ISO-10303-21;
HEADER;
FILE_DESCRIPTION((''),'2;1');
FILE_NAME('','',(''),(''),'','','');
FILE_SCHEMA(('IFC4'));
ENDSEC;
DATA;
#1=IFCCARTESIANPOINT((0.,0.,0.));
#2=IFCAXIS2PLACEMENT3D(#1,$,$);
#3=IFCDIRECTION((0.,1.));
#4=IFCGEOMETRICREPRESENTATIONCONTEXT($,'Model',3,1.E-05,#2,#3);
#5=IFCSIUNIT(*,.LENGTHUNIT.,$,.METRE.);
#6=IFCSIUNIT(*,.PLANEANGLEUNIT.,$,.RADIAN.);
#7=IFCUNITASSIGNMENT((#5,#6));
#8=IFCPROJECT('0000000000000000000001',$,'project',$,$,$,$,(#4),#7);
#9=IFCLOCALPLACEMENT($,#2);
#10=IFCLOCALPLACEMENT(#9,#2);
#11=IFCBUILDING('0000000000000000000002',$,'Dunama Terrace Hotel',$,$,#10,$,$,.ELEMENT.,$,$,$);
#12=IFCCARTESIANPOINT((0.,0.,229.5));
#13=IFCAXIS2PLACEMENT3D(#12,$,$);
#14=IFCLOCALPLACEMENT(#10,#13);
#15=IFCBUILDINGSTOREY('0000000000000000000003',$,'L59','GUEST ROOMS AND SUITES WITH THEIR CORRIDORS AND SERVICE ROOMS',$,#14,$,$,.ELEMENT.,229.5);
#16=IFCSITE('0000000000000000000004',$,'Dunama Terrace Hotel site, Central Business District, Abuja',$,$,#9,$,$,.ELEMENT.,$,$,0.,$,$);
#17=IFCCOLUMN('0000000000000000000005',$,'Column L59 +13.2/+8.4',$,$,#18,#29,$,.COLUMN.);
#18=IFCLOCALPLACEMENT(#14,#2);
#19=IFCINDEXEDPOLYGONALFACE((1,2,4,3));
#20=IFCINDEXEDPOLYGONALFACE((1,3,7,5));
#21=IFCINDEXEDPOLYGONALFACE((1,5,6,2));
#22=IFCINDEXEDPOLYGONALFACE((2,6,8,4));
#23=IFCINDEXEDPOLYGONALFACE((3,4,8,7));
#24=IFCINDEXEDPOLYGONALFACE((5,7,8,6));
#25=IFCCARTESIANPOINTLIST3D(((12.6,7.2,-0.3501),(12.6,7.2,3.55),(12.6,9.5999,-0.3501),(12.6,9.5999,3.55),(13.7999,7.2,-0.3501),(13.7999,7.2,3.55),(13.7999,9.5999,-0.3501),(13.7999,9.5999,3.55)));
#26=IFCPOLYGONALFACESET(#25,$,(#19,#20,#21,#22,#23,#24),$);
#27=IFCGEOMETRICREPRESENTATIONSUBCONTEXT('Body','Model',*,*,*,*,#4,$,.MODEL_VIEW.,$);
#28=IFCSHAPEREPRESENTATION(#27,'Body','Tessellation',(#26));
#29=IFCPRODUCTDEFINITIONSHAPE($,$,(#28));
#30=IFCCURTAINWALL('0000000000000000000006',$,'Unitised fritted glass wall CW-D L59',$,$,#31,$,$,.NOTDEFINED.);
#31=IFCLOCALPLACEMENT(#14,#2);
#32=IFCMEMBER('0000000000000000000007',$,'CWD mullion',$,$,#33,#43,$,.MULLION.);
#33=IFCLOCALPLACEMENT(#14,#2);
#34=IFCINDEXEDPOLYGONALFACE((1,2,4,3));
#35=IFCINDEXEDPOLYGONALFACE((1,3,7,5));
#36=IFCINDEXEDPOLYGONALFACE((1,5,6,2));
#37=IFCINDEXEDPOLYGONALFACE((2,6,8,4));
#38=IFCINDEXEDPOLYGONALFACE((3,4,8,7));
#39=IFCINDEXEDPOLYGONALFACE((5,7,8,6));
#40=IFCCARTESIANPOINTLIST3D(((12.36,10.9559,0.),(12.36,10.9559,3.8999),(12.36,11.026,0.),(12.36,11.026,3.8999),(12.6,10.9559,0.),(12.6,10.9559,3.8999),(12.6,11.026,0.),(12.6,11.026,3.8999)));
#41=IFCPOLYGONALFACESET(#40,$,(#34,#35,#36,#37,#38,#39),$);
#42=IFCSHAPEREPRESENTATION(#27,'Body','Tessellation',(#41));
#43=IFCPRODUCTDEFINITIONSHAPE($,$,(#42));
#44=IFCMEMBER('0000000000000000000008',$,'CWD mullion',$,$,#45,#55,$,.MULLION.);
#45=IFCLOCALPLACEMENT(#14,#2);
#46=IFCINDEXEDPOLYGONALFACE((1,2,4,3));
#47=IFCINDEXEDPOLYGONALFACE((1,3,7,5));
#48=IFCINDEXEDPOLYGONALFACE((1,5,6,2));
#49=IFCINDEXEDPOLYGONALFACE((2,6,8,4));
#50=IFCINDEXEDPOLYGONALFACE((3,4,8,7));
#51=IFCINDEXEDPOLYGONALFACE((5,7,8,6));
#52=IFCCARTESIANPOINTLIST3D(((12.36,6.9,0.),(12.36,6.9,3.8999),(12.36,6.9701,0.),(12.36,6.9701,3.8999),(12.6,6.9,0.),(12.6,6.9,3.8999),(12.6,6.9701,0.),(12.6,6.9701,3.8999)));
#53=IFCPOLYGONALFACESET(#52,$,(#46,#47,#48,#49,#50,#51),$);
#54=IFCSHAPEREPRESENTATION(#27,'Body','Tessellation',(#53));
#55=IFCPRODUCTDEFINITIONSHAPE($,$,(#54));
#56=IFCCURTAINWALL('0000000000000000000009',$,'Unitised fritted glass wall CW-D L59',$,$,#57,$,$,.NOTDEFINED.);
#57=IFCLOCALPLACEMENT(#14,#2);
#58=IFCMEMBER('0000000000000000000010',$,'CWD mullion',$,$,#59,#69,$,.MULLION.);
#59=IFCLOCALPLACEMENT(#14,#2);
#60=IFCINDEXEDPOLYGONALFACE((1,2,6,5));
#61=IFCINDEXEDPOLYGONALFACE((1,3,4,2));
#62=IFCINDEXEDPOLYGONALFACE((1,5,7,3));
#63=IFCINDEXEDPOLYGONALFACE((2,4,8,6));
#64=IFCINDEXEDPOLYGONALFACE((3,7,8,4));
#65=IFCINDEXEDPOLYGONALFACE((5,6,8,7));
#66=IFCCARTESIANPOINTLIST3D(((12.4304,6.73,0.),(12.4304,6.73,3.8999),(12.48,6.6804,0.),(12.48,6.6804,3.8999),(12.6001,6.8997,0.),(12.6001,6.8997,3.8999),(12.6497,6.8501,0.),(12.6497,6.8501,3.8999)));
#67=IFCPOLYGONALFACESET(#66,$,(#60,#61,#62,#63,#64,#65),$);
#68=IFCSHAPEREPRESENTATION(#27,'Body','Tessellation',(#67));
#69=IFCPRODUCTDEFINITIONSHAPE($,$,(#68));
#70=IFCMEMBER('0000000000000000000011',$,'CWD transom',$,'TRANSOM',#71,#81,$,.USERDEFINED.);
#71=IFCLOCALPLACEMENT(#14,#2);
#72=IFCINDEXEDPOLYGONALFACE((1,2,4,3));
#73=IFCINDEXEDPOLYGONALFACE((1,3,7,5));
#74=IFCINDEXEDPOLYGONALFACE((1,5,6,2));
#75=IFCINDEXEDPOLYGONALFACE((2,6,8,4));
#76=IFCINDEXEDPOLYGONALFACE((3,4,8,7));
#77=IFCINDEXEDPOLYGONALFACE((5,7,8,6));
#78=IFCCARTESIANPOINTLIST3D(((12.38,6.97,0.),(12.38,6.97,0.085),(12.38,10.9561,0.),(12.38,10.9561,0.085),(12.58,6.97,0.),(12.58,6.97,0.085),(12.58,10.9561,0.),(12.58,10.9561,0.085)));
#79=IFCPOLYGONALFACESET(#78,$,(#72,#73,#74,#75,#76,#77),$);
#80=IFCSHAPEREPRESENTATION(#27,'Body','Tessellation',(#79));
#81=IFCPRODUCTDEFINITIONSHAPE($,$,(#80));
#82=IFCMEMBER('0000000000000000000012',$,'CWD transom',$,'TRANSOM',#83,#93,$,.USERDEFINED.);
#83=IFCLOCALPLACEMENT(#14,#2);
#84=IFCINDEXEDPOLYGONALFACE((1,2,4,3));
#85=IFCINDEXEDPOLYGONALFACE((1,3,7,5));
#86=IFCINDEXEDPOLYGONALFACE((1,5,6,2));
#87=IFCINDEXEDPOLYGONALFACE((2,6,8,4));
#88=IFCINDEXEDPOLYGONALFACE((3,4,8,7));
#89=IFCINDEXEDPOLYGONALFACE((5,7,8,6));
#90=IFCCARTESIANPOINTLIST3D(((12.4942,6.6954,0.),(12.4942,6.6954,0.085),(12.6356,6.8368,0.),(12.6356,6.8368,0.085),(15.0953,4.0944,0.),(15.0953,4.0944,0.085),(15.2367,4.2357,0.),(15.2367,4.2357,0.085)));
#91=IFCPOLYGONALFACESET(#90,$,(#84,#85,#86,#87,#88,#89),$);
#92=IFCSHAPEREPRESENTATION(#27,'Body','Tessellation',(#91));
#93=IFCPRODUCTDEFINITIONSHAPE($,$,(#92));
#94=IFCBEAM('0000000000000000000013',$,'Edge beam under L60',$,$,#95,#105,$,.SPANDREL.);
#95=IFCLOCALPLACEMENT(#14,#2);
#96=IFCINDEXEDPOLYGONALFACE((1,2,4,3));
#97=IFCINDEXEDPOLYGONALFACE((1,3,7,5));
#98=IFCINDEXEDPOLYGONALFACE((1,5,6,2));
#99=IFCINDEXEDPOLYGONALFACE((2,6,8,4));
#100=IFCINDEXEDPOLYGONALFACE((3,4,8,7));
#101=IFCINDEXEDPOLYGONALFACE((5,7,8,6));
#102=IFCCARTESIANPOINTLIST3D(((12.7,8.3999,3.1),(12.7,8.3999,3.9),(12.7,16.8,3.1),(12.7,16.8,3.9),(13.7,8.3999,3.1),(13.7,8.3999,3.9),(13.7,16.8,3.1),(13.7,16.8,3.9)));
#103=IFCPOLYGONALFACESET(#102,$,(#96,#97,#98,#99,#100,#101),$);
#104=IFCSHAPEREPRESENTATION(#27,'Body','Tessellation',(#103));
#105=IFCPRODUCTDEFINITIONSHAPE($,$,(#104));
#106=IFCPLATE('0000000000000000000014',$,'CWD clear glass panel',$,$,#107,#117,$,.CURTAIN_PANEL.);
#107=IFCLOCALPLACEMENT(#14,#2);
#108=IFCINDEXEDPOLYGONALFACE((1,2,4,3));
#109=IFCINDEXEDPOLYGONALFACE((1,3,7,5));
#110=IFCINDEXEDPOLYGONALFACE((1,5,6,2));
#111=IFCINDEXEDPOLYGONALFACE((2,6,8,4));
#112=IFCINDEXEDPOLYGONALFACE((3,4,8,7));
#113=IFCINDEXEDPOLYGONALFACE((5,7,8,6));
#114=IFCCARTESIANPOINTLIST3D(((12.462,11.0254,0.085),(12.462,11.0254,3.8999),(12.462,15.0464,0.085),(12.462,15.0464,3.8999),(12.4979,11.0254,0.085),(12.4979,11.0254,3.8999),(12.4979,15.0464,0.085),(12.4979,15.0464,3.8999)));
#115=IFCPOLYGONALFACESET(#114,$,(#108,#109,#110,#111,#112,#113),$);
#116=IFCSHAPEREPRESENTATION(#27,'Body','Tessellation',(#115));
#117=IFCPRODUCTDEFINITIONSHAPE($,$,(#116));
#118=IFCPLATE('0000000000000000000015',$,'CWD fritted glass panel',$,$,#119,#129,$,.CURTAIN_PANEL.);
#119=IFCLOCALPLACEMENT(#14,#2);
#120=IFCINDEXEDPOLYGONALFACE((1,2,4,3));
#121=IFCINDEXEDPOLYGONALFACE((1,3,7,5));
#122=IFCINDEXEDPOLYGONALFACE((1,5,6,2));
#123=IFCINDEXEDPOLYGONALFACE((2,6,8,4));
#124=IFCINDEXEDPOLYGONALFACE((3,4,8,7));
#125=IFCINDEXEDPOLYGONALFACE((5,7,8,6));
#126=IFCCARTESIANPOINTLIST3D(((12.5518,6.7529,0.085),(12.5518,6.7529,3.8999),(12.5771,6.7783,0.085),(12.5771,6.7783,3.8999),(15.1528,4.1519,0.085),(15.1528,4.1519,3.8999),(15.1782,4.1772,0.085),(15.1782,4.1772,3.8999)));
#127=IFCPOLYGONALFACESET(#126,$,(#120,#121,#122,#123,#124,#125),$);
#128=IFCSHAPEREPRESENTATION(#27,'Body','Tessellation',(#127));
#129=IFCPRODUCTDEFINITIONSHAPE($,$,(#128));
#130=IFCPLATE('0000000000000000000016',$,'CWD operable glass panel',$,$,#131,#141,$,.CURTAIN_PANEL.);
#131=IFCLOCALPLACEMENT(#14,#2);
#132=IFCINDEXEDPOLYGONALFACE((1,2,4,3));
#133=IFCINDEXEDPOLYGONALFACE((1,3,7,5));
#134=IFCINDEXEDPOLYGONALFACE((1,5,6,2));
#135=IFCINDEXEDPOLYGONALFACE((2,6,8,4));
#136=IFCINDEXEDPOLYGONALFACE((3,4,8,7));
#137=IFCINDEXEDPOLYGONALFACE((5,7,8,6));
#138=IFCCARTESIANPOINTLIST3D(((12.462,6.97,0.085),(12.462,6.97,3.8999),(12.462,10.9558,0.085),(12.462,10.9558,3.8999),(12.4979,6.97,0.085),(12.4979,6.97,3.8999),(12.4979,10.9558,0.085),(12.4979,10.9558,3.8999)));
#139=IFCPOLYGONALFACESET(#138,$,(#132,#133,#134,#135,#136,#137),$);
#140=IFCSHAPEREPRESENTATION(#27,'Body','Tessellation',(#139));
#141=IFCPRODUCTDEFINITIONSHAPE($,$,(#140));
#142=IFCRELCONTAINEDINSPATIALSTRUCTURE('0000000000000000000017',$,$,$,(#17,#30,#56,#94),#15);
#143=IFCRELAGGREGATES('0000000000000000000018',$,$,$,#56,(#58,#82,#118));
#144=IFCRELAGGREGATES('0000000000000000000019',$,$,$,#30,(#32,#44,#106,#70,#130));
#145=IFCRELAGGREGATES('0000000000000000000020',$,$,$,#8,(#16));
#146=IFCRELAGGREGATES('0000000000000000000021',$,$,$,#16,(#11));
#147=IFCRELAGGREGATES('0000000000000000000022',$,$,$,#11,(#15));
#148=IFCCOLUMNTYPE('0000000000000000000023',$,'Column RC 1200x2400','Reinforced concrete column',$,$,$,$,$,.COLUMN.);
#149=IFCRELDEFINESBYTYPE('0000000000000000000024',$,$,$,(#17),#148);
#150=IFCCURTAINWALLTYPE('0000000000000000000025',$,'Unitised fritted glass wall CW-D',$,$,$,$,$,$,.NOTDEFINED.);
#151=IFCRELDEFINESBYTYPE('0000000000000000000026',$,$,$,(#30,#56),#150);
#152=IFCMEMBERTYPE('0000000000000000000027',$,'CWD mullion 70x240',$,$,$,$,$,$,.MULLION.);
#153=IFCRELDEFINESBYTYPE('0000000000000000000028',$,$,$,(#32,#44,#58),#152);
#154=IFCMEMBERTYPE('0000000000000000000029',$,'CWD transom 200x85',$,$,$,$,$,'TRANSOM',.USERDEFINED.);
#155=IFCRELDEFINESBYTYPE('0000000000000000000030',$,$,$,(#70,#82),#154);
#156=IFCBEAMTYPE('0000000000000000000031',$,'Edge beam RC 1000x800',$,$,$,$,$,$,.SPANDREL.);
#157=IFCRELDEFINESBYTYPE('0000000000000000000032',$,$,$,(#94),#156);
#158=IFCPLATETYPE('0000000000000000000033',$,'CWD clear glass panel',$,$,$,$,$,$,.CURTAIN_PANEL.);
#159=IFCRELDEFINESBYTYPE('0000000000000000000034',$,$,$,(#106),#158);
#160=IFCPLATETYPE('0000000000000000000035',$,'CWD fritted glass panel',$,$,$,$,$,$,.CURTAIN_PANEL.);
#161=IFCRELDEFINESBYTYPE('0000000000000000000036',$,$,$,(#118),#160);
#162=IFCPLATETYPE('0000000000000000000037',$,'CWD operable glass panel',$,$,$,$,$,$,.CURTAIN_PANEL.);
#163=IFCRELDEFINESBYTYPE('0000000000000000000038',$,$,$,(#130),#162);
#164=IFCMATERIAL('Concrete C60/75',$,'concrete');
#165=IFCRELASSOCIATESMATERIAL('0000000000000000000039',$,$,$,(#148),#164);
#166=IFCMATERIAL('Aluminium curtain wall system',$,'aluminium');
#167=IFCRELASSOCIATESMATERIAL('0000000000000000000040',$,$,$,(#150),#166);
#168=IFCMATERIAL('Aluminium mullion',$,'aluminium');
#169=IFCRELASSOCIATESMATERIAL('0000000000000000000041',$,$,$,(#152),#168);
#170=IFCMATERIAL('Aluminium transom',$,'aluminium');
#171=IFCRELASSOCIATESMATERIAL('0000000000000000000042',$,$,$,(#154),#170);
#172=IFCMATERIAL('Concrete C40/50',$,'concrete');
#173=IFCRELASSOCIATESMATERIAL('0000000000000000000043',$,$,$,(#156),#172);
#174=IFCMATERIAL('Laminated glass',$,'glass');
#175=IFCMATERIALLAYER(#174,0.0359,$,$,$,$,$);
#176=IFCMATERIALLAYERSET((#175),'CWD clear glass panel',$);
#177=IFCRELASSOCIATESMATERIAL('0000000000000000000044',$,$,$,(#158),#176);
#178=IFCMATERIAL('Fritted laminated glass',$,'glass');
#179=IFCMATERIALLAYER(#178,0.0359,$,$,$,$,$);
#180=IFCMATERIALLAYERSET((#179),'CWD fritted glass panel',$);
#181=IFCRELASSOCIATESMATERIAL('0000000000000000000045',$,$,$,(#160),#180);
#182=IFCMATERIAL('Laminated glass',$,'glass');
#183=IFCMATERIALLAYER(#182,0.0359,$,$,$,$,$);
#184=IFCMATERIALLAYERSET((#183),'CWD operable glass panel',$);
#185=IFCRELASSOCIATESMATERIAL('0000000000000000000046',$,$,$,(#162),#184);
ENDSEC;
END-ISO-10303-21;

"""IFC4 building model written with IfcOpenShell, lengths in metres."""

from ifc_helpers import new_model, si_unit, direction, frame, origin, origin_2d, place, context, subcontext, project, spatial, rectangle, extrude, material, layer, layer_set, material_profile, profile_set, type_object, element, aggregate, save


model = new_model("IFC4")

# Units and contexts
model_context = context("Model", 3, precision=1e-05, world=origin(), true_north=direction((0.0, 1.0)))
body_context = subcontext(model_context, "Body", "Model", "MODEL_VIEW")
ifc_project = project(units=[si_unit("LENGTHUNIT", "METRE"), si_unit("PLANEANGLEUNIT", "RADIAN")], contexts=[model_context])

# Site, building, storey
site_placement = place(None, origin())
site = spatial("IfcSite", under=ifc_project, at=site_placement, Name="Dunama Terrace Hotel site, Central Business District, Abuja", CompositionType="ELEMENT", RefElevation=0.0)
building_placement = place(site_placement, origin())
building = spatial("IfcBuilding", under=site, at=building_placement, Name="Dunama Terrace Hotel", CompositionType="ELEMENT")
storey_placement = place(building_placement, frame((0.0, 0.0, 229.5)))
storey = spatial("IfcBuildingStorey", under=building, at=storey_placement, Name="L59", Description="GUEST ROOMS AND SUITES WITH THEIR CORRIDORS AND SERVICE ROOMS", CompositionType="ELEMENT", Elevation=229.5)

# Column
ifc_material_1 = material(Name="Concrete C60/75", Category="concrete")
ifc_material_profile_1 = material_profile(ifc_material_1, rectangle(XDim=1.2, YDim=2.3999, at=origin_2d()), Name="RC 1200x2400")
ifc_profile_set_1 = profile_set([ifc_material_profile_1], Name="Concrete C60/75")
column_type = type_object("IfcColumnType", Name="Column RC 1200x2400", Description="Reinforced concrete column", PredefinedType="COLUMN", material=ifc_profile_set_1)
column_placement = place(storey_placement, frame((13.2, 8.3999, -0.3501), z_axis=(0.0, 0.0, 1.0), x_axis=(1.0, 0.0, 0.0)))
element("IfcColumn", 1, at=column_placement, inside=storey, type_object=column_type, Name="Column L59 +13.2/+8.4", PredefinedType="COLUMN", context=body_context, shape_type="SweptSolid", body=[
    extrude(rectangle(XDim=1.2, YDim=2.3999, at=origin_2d()), origin(), (0.0, 0.0, 1.0), 3.9001),
])

# Curtain wall, members
ifc_material_2 = material(Name="Aluminium curtain wall system", Category="aluminium")
curtain_wall_type = type_object("IfcCurtainWallType", Name="Unitised fritted glass wall CW-D", PredefinedType="NOTDEFINED", material=ifc_material_2)
curtain_wall_1_placement = place(storey_placement, origin())
curtain_wall_1 = element("IfcCurtainWall", 2, at=curtain_wall_1_placement, inside=storey, type_object=curtain_wall_type, Name="Unitised fritted glass wall CW-D L59", PredefinedType="NOTDEFINED")
ifc_material_3 = material(Name="Aluminium mullion", Category="aluminium")
ifc_material_profile_2 = material_profile(ifc_material_3, rectangle(XDim=0.0701, YDim=0.24, at=origin_2d()), Name="CWD MULLION 70X240")
ifc_profile_set_2 = profile_set([ifc_material_profile_2], Name="Aluminium mullion")
member_type_1 = type_object("IfcMemberType", Name="CWD mullion 70x240", PredefinedType="MULLION", material=ifc_profile_set_2)
member_1_placement = place(storey_placement, frame((12.48, 10.991, 0.0), z_axis=(0.0, 0.0, 1.0), x_axis=(0.0, -1.0, 0.0)))
member_1 = element("IfcMember", 3, at=member_1_placement, type_object=member_type_1, Name="CWD mullion", PredefinedType="MULLION", context=body_context, shape_type="SweptSolid", body=[
    extrude(rectangle(XDim=0.0701, YDim=0.24, at=origin_2d()), origin(), (0.0, 0.0, 1.0), 3.8999),
])
member_2_placement = place(storey_placement, frame((12.48, 6.9351, 0.0), z_axis=(0.0, 0.0, 1.0), x_axis=(0.0, -1.0, 0.0)))
member_2 = element("IfcMember", 4, at=member_2_placement, type_object=member_type_1, Name="CWD mullion", PredefinedType="MULLION", context=body_context, shape_type="SweptSolid", body=[
    extrude(rectangle(XDim=0.0701, YDim=0.24, at=origin_2d()), origin(), (0.0, 0.0, 1.0), 3.8999),
])

# Curtain wall, member
curtain_wall_2_placement = place(storey_placement, origin())
curtain_wall_2 = element("IfcCurtainWall", 5, at=curtain_wall_2_placement, inside=storey, type_object=curtain_wall_type, Name="Unitised fritted glass wall CW-D L59", PredefinedType="NOTDEFINED")
member_3_placement = place(storey_placement, frame((12.54, 6.79, 0.0), z_axis=(0.0, 0.0, 1.0), x_axis=(0.707107, -0.707107, 0.0)))
member_3 = element("IfcMember", 6, at=member_3_placement, type_object=member_type_1, Name="CWD mullion", PredefinedType="MULLION", context=body_context, shape_type="SweptSolid", body=[
    extrude(rectangle(XDim=0.0701, YDim=0.24, at=origin_2d()), origin(), (0.0, 0.0, 1.0), 3.8999),
])

# Members
ifc_material_4 = material(Name="Aluminium transom", Category="aluminium")
ifc_material_profile_3 = material_profile(ifc_material_4, rectangle(XDim=0.2, YDim=0.085, at=origin_2d()), Name="CWD TRANSOM 200X85")
ifc_profile_set_3 = profile_set([ifc_material_profile_3], Name="Aluminium transom")
member_type_2 = type_object("IfcMemberType", Name="CWD transom 200x85", ElementType="TRANSOM", PredefinedType="USERDEFINED", material=ifc_profile_set_3)
member_4_placement = place(storey_placement, frame((12.48, 10.9561, 0.0425), z_axis=(0.0, -1.0, 0.0), x_axis=(1.0, 0.0, 0.0)))
member_4 = element("IfcMember", 7, at=member_4_placement, type_object=member_type_2, Name="CWD transom", ObjectType="TRANSOM", PredefinedType="USERDEFINED", context=body_context, shape_type="SweptSolid", body=[
    extrude(rectangle(XDim=0.2, YDim=0.085, at=origin_2d()), origin(), (0.0, 0.0, 1.0), 3.9861),
])
member_5_placement = place(storey_placement, frame((12.5649, 6.7661, 0.0425), z_axis=(0.707107, -0.707107, 0.0), x_axis=(0.707107, 0.707107, 0.0)))
member_5 = element("IfcMember", 8, at=member_5_placement, type_object=member_type_2, Name="CWD transom", ObjectType="TRANSOM", PredefinedType="USERDEFINED", context=body_context, shape_type="SweptSolid", body=[
    extrude(rectangle(XDim=0.2, YDim=0.085, at=origin_2d()), origin(), (0.0, 0.0, 1.0), 3.6785),
])

# Beam
ifc_material_5 = material(Name="Concrete C40/50", Category="concrete")
ifc_material_profile_4 = material_profile(ifc_material_5, rectangle(XDim=1.0, YDim=0.8, at=origin_2d()), Name="RC 1000x800")
ifc_profile_set_4 = profile_set([ifc_material_profile_4], Name="Concrete C40/50")
beam_type = type_object("IfcBeamType", Name="Edge beam RC 1000x800", PredefinedType="SPANDREL", material=ifc_profile_set_4)
beam_placement = place(storey_placement, frame((13.2, 8.3999, 3.5), z_axis=(0.0, 1.0, 0.0), x_axis=(-1.0, 0.0, 0.0)))
element("IfcBeam", 9, at=beam_placement, inside=storey, type_object=beam_type, Name="Edge beam under L60", PredefinedType="SPANDREL", context=body_context, shape_type="SweptSolid", body=[
    extrude(rectangle(XDim=1.0, YDim=0.8, at=origin_2d()), origin(), (0.0, 0.0, 1.0), 8.4001),
])

# Plates
ifc_material_6 = material(Name="Laminated glass", Category="glass")
ifc_layer_1 = layer(ifc_material_6, 0.0359)
ifc_layer_set_1 = layer_set([ifc_layer_1], Name="CWD clear glass panel")
plate_type_1 = type_object("IfcPlateType", Name="CWD clear glass panel", PredefinedType="CURTAIN_PANEL", material=ifc_layer_set_1)
plate_1_placement = place(storey_placement, frame((12.48, 13.0359, 0.085), z_axis=(0.0, 0.0, 1.0), x_axis=(0.0, -1.0, 0.0)))
plate_1 = element("IfcPlate", 10, at=plate_1_placement, type_object=plate_type_1, Name="CWD clear glass panel", PredefinedType="CURTAIN_PANEL", context=body_context, shape_type="SweptSolid", body=[
    extrude(rectangle(XDim=4.021, YDim=0.0359, at=origin_2d()), origin(), (0.0, 0.0, 1.0), 3.8149),
])
ifc_material_7 = material(Name="Fritted laminated glass", Category="glass")
ifc_layer_2 = layer(ifc_material_7, 0.0359)
ifc_layer_set_2 = layer_set([ifc_layer_2], Name="CWD fritted glass panel")
plate_type_2 = type_object("IfcPlateType", Name="CWD fritted glass panel", PredefinedType="CURTAIN_PANEL", material=ifc_layer_set_2)
plate_2_placement = place(storey_placement, frame((13.865, 5.4651, 0.085), z_axis=(0.0, 0.0, 1.0), x_axis=(0.707107, -0.707107, 0.0)))
plate_2 = element("IfcPlate", 11, at=plate_2_placement, type_object=plate_type_2, Name="CWD fritted glass panel", PredefinedType="CURTAIN_PANEL", context=body_context, shape_type="SweptSolid", body=[
    extrude(rectangle(XDim=3.6785, YDim=0.0359, at=origin_2d()), origin(), (0.0, 0.0, 1.0), 3.8149),
])
aggregate(curtain_wall_2, [member_3, member_5, plate_2])
ifc_material_8 = material(Name="Laminated glass", Category="glass")
ifc_layer_3 = layer(ifc_material_8, 0.0359)
ifc_layer_set_3 = layer_set([ifc_layer_3], Name="CWD operable glass panel")
plate_type_3 = type_object("IfcPlateType", Name="CWD operable glass panel", PredefinedType="CURTAIN_PANEL", material=ifc_layer_set_3)
plate_3_placement = place(storey_placement, frame((12.48, 8.9629, 0.085), z_axis=(0.0, 0.0, 1.0), x_axis=(0.0, -1.0, 0.0)))
plate_3 = element("IfcPlate", 12, at=plate_3_placement, type_object=plate_type_3, Name="CWD operable glass panel", PredefinedType="CURTAIN_PANEL", context=body_context, shape_type="SweptSolid", body=[
    extrude(rectangle(XDim=3.9858, YDim=0.0359, at=origin_2d()), origin(), (0.0, 0.0, 1.0), 3.8149),
])
aggregate(curtain_wall_1, [member_1, member_2, plate_1, member_4, plate_3])

save(model, "model.ifc")
